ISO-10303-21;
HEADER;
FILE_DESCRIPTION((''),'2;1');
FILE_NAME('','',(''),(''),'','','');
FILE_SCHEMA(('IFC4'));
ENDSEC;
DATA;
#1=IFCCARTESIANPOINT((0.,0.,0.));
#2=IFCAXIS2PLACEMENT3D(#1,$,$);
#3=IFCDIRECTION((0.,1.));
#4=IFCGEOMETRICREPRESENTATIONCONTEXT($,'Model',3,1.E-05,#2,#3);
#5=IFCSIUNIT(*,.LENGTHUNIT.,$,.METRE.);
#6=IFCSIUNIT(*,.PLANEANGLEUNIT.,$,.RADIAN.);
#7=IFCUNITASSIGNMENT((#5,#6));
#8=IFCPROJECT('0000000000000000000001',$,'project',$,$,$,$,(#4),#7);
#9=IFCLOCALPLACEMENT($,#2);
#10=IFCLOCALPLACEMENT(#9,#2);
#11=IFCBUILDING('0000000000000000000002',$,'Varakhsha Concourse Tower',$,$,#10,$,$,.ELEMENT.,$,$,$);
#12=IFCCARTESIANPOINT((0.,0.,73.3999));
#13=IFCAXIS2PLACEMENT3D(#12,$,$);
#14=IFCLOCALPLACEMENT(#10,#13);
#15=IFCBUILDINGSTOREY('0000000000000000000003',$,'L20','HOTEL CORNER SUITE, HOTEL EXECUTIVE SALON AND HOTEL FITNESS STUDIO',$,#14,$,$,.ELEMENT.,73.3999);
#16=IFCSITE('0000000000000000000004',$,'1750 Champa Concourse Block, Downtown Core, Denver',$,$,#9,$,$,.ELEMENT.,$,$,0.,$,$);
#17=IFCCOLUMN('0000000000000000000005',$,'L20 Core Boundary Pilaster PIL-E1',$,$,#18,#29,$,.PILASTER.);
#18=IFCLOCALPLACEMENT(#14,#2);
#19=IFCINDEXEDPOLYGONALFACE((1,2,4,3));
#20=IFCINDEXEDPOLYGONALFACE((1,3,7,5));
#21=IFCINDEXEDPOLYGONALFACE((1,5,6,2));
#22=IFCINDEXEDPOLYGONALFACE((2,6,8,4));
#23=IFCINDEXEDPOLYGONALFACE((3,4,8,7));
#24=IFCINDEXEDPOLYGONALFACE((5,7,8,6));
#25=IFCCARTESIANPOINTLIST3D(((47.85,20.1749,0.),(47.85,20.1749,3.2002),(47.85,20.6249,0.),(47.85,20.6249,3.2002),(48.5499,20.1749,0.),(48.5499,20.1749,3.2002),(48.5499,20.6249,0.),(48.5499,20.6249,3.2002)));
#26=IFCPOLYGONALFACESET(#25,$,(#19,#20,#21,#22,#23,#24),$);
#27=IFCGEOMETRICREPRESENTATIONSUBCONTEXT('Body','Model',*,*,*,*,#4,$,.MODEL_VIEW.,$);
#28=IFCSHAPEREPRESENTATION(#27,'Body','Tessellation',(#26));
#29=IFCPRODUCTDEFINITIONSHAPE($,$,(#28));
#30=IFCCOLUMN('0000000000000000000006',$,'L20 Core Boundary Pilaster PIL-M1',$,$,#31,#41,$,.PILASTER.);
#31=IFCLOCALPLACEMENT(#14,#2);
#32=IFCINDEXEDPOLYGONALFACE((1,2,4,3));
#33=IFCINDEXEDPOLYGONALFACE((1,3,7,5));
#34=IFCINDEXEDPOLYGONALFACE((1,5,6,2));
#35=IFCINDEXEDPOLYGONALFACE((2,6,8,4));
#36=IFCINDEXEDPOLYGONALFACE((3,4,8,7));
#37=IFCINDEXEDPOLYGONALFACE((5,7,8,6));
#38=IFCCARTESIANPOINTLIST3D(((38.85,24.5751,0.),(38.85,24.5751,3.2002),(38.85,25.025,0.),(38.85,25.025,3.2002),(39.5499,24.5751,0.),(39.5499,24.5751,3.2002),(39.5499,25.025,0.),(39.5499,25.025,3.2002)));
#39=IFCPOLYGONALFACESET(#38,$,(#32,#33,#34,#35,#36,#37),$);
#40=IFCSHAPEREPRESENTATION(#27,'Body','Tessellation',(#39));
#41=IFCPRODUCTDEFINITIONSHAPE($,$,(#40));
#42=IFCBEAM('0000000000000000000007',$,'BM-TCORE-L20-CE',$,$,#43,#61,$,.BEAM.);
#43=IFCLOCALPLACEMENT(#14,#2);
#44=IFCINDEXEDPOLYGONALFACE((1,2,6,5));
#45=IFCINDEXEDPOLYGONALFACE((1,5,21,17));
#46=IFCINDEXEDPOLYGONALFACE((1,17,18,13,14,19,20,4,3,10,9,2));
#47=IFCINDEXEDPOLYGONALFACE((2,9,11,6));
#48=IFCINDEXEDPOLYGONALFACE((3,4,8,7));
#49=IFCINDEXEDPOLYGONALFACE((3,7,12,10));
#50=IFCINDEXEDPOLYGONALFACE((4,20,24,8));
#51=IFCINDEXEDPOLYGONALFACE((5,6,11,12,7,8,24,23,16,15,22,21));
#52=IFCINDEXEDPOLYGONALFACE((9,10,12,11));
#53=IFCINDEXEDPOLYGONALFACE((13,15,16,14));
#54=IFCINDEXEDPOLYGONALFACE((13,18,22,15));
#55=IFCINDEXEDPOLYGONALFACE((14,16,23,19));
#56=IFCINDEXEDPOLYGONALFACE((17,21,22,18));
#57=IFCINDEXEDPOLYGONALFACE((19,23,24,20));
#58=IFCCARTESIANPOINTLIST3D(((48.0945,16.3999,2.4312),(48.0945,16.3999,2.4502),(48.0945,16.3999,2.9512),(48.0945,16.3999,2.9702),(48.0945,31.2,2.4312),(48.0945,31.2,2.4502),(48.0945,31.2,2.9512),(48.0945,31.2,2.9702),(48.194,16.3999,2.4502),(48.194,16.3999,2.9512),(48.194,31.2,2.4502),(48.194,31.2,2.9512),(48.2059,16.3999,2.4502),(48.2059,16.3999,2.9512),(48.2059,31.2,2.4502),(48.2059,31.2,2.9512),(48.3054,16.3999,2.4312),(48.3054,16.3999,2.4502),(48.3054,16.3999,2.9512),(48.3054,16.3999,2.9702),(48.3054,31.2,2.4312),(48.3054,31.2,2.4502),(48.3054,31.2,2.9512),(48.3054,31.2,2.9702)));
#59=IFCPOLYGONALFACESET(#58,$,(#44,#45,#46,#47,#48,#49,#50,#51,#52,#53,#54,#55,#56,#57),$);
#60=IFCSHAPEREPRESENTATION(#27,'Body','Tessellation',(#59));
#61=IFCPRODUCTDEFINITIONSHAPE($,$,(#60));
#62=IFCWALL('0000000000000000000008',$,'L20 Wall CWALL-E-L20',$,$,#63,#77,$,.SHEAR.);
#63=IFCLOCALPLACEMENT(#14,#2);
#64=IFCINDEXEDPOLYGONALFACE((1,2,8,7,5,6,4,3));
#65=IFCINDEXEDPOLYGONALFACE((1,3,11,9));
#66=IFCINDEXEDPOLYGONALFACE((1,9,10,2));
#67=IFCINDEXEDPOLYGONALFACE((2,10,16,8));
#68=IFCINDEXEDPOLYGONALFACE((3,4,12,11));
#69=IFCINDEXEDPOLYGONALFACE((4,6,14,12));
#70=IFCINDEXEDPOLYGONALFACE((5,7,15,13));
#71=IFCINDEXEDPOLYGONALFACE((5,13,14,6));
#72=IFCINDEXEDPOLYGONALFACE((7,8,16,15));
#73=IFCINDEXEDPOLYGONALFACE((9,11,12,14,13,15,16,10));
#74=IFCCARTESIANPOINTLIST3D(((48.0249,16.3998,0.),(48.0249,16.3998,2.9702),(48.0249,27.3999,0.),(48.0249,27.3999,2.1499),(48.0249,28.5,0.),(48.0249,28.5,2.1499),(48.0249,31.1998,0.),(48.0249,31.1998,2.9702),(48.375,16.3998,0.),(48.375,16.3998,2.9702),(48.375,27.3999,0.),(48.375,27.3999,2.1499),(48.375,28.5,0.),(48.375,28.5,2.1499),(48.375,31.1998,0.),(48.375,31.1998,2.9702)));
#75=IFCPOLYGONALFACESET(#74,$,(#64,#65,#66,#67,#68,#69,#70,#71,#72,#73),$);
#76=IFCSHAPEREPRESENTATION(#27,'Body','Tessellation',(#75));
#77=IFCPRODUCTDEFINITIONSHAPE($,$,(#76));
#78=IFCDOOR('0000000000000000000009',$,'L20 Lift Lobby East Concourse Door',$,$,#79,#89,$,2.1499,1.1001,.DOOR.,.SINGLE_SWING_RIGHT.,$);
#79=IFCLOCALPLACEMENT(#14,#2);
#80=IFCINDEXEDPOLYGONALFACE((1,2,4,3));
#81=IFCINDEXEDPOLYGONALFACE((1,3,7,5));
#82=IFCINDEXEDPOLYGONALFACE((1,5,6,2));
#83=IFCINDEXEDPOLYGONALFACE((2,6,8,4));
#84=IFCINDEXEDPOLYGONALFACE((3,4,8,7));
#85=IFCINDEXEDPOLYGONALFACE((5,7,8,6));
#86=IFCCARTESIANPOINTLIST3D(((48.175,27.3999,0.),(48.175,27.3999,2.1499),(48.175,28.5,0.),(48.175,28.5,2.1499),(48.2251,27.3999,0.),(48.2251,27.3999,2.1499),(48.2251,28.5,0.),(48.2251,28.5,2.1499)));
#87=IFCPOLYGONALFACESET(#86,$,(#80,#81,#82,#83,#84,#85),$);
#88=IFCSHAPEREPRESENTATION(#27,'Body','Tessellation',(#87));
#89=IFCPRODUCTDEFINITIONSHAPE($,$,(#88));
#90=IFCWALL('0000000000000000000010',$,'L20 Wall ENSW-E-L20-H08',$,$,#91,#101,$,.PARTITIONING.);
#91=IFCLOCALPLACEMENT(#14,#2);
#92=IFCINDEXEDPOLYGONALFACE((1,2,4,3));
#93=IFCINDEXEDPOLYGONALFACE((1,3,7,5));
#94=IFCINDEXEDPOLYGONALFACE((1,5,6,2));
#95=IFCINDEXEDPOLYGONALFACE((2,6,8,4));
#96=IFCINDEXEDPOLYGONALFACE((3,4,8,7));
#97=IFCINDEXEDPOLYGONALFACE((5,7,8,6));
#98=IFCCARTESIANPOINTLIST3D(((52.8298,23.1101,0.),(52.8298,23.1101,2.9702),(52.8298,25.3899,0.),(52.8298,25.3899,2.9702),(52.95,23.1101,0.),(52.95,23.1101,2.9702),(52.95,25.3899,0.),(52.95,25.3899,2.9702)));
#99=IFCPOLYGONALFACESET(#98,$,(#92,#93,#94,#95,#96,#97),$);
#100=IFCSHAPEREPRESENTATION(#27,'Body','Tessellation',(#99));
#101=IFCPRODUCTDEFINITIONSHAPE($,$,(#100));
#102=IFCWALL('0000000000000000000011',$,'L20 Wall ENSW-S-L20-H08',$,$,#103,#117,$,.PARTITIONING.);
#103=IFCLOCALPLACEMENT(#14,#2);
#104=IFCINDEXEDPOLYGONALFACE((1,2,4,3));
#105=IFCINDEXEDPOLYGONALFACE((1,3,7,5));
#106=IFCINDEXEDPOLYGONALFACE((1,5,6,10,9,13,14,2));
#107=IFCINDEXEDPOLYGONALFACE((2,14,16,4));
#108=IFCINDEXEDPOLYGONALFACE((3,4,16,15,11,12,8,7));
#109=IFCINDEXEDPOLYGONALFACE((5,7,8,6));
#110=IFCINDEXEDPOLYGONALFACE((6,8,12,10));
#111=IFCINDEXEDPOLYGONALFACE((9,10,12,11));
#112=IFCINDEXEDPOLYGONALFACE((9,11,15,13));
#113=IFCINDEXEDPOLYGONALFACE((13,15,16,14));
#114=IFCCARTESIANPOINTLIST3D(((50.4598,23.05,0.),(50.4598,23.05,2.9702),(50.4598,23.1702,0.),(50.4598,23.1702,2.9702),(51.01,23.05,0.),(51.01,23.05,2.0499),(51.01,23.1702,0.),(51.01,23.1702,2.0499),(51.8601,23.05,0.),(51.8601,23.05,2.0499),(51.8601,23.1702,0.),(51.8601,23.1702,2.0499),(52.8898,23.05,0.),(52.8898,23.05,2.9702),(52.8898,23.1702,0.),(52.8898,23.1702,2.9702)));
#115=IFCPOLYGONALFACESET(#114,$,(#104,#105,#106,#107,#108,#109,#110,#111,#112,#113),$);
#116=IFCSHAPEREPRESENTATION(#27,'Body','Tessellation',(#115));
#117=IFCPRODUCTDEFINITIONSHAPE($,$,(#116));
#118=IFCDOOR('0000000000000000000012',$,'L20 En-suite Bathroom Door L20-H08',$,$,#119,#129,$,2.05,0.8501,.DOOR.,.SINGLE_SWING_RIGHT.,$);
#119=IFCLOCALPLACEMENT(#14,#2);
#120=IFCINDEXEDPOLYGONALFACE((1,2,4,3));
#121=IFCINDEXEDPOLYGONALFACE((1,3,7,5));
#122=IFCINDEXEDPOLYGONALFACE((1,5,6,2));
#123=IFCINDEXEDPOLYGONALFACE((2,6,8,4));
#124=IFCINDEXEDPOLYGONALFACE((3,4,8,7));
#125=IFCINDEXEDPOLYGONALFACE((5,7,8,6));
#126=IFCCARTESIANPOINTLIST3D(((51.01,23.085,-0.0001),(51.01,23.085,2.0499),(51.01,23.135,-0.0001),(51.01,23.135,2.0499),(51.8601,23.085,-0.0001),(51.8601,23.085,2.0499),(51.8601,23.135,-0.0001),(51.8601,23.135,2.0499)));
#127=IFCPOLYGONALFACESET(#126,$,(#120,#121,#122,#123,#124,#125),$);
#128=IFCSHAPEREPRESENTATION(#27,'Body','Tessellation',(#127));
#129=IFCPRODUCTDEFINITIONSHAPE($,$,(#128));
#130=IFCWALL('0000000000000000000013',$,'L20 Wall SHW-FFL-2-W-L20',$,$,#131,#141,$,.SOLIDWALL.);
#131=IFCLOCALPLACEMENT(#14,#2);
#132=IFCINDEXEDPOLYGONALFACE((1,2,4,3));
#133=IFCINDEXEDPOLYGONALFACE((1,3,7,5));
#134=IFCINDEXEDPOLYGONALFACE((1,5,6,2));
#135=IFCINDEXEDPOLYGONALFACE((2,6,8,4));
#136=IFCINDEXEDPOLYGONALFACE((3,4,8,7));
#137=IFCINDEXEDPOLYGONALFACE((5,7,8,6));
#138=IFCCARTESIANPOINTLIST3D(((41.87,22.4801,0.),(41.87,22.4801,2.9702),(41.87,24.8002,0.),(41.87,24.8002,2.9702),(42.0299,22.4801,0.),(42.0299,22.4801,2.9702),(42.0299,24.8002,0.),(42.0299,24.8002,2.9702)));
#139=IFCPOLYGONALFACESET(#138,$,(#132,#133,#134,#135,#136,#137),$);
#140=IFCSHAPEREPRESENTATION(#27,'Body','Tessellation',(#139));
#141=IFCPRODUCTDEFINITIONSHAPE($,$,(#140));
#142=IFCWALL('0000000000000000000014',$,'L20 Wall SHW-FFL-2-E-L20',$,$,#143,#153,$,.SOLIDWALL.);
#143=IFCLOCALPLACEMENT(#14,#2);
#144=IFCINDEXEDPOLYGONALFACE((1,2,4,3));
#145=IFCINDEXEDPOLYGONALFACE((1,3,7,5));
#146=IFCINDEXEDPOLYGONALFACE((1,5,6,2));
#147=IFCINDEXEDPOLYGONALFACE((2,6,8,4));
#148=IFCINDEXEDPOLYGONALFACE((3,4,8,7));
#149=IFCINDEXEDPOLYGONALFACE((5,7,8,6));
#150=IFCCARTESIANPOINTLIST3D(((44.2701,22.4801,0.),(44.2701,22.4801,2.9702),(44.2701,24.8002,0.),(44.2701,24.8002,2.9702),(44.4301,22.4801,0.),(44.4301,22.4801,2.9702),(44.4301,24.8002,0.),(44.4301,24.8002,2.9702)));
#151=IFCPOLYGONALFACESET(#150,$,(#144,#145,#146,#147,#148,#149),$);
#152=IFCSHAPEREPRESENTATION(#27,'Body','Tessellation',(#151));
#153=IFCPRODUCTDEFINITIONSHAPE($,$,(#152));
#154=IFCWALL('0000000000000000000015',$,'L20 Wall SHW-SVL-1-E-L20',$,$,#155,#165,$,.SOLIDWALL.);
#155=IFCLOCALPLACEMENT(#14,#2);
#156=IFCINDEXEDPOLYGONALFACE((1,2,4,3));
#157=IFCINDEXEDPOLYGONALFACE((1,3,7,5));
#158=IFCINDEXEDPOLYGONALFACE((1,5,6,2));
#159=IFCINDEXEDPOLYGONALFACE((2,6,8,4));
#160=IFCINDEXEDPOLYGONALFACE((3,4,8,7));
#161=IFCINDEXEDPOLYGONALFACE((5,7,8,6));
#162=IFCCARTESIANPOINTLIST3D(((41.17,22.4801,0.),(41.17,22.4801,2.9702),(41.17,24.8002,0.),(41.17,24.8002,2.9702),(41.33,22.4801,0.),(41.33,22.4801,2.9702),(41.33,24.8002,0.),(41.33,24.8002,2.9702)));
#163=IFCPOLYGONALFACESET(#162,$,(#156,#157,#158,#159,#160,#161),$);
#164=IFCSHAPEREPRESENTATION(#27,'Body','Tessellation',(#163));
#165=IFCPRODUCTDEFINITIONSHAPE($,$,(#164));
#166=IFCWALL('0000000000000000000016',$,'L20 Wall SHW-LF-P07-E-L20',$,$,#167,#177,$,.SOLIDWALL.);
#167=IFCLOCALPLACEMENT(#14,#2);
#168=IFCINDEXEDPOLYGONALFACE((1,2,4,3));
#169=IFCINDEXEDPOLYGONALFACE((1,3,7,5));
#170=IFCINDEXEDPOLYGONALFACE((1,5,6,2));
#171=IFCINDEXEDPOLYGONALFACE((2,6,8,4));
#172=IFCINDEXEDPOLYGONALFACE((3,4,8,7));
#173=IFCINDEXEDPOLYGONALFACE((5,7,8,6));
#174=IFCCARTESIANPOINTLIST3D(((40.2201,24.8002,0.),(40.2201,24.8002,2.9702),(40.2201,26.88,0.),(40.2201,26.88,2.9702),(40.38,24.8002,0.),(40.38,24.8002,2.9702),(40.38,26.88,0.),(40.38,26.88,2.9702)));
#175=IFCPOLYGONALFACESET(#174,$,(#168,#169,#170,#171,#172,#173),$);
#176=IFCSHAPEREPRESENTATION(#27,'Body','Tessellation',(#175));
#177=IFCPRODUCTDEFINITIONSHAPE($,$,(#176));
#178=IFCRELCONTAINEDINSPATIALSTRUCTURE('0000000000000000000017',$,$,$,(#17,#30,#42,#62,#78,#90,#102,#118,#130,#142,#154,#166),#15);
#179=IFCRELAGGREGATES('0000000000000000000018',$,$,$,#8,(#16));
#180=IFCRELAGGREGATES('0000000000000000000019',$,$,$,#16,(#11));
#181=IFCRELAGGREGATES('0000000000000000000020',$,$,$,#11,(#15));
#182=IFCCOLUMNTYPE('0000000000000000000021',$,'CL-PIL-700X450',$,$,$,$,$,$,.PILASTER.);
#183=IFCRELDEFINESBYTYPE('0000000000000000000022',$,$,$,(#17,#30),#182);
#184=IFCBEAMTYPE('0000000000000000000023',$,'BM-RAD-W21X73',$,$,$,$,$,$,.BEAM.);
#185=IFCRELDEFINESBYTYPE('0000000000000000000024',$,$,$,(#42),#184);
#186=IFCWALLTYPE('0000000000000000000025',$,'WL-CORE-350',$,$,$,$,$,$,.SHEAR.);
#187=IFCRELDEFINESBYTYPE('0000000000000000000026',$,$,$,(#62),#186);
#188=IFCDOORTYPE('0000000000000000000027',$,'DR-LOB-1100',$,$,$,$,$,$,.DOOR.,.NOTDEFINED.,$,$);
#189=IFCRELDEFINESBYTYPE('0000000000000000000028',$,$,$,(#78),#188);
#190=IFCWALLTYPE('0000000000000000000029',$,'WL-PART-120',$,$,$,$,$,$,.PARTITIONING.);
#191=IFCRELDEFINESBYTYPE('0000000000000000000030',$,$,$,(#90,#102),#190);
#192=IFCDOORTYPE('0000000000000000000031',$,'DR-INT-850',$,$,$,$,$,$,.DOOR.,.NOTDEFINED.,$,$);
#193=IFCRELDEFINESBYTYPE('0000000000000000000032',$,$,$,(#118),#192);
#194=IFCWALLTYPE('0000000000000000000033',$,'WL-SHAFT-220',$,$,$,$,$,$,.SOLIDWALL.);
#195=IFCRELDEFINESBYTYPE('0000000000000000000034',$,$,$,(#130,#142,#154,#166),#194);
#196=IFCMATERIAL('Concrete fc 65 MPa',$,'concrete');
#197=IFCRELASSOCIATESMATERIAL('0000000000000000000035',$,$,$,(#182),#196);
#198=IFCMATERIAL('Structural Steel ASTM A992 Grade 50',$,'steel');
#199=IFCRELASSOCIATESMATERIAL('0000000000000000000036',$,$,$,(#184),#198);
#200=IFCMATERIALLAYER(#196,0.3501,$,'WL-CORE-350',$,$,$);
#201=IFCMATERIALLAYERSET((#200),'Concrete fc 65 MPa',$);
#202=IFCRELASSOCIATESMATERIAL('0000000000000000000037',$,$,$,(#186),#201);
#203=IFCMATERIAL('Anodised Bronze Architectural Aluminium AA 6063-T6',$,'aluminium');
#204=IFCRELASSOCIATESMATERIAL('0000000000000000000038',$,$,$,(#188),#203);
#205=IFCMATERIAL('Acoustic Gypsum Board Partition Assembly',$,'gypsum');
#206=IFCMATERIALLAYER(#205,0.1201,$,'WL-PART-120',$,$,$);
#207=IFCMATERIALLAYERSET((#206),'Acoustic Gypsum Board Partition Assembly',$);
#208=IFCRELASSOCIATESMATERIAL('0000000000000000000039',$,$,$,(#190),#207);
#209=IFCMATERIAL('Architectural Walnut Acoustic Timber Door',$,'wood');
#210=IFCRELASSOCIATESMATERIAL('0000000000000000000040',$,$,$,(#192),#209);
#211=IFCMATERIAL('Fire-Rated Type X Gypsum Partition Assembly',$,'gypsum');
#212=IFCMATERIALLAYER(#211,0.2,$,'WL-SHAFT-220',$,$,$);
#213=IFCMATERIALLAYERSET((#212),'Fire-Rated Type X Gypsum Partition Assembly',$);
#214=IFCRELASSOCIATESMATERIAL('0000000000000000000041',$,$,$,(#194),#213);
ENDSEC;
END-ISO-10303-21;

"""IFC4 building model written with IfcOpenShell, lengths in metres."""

from ifc_helpers import new_model, si_unit, direction, frame, frame_2d, origin, origin_2d, place, context, subcontext, project, spatial, rectangle, i_section, extrude, material, layer, layer_set, material_profile, profile_set, type_object, element, fill, save


model = new_model("IFC4")

# Units and contexts
model_context = context("Model", 3, precision=1e-05, world=origin(), true_north=direction((0.0, 1.0)))
body_context = subcontext(model_context, "Body", "Model", "MODEL_VIEW")
ifc_project = project(units=[si_unit("LENGTHUNIT", "METRE"), si_unit("PLANEANGLEUNIT", "RADIAN")], contexts=[model_context])

# Site, building, storey
site_placement = place(None, origin())
site = spatial("IfcSite", under=ifc_project, at=site_placement, Name="1750 Champa Concourse Block, Downtown Core, Denver", CompositionType="ELEMENT", RefElevation=0.0)
building_placement = place(site_placement, origin())
building = spatial("IfcBuilding", under=site, at=building_placement, Name="Varakhsha Concourse Tower", CompositionType="ELEMENT")
storey_placement = place(building_placement, frame((0.0, 0.0, 73.3999)))
storey = spatial("IfcBuildingStorey", under=building, at=storey_placement, Name="L20", Description="HOTEL CORNER SUITE, HOTEL EXECUTIVE SALON AND HOTEL FITNESS STUDIO", CompositionType="ELEMENT", Elevation=73.3999)

# Columns
ifc_material_1 = material(Name="Concrete fc 65 MPa", Category="concrete")
ifc_material_profile_1 = material_profile(ifc_material_1, rectangle(XDim=0.7, YDim=0.45, at=origin_2d()), Name="RC 700x450")
ifc_profile_set_1 = profile_set([ifc_material_profile_1], Name="Concrete fc 65 MPa")
column_type = type_object("IfcColumnType", Name="CL-PIL-700X450", PredefinedType="PILASTER", material=ifc_profile_set_1)
for number, where, z_axis, x_axis, name in (
    (1, (48.2, 20.3999, 0.0), (0.0, 0.0, 1.0), (1.0, 0.0, 0.0), "L20 Core Boundary Pilaster PIL-E1"),
    (2, (39.2, 24.8, 0.0), (0.0, 0.0, 1.0), (1.0, 0.0, 0.0), "L20 Core Boundary Pilaster PIL-M1"),
):
    element("IfcColumn", number, at=place(storey_placement, frame(where, z_axis=z_axis, x_axis=x_axis)), inside=storey, type_object=column_type, Name=name, PredefinedType="PILASTER", context=body_context, shape_type="SweptSolid", body=[
        extrude(rectangle(XDim=0.7, YDim=0.45, at=origin_2d()), origin(), (0.0, 0.0, 1.0), 3.2002),
    ])

# Beam
ifc_material_2 = material(Name="Structural Steel ASTM A992 Grade 50", Category="steel")
ifc_material_profile_2 = material_profile(ifc_material_2, i_section(OverallWidth=0.2109, OverallDepth=0.5391, WebThickness=0.012, FlangeThickness=0.019, at=origin_2d()), Name="W21X73")
ifc_profile_set_2 = profile_set([ifc_material_profile_2], Name="Structural Steel ASTM A992 Grade 50")
beam_type = type_object("IfcBeamType", Name="BM-RAD-W21X73", PredefinedType="BEAM", material=ifc_profile_set_2)
beam_placement = place(storey_placement, frame((48.2, 16.3999, 2.7007), z_axis=(0.0, 1.0, 0.0), x_axis=(-1.0, 0.0, 0.0)))
element("IfcBeam", 3, at=beam_placement, inside=storey, type_object=beam_type, Name="BM-TCORE-L20-CE", PredefinedType="BEAM", context=body_context, shape_type="SweptSolid", body=[
    extrude(i_section(OverallWidth=0.2109, OverallDepth=0.5391, WebThickness=0.012, FlangeThickness=0.019, at=origin_2d()), origin(), (0.0, 0.0, 1.0), 14.8),
])

# Wall, opening, door
ifc_layer_1 = layer(ifc_material_1, 0.3501, Name="WL-CORE-350")
ifc_layer_set_1 = layer_set([ifc_layer_1], Name="Concrete fc 65 MPa")
wall_type_1 = type_object("IfcWallType", Name="WL-CORE-350", PredefinedType="SHEAR", material=ifc_layer_set_1)
wall_1_placement = place(storey_placement, frame((48.2, 16.3999, 0.0), z_axis=(0.0, 0.0, 1.0), x_axis=(0.0, 1.0, 0.0)))
wall_1 = element("IfcWall", 4, at=wall_1_placement, inside=storey, type_object=wall_type_1, Name="L20 Wall CWALL-E-L20", PredefinedType="SHEAR", context=body_context, shape_type="SweptSolid", body=[
    extrude(rectangle(XDim=14.8, YDim=0.3501, at=frame_2d((7.3999, 0.0))), origin(), (0.0, 0.0, 1.0), 2.9702),
])
opening_1_placement = place(wall_1_placement, frame((11.0, 0.0, 0.0)))
opening_1 = element("IfcOpeningElement", 5, at=opening_1_placement, cuts=wall_1, PredefinedType="OPENING", context=body_context, shape_type="SweptSolid", body=[
    extrude(rectangle(XDim=1.1001, YDim=2.1499, at=frame_2d((0.55, 1.075))), frame((0.0, 0.1851, 0.0), z_axis=(0.0, -1.0, 0.0), x_axis=(1.0, 0.0, 0.0)), (0.0, 0.0, 1.0), 0.3701),
])
ifc_material_3 = material(Name="Anodised Bronze Architectural Aluminium AA 6063-T6", Category="aluminium")
door_type_1 = type_object("IfcDoorType", Name="DR-LOB-1100", OperationType="NOTDEFINED", PredefinedType="DOOR", material=ifc_material_3)
door_1_placement = place(opening_1_placement, origin())
door_1 = element("IfcDoor", 6, at=door_1_placement, inside=storey, type_object=door_type_1, Name="L20 Lift Lobby East Concourse Door", OperationType="SINGLE_SWING_RIGHT", OverallHeight=2.1499, OverallWidth=1.1001, PredefinedType="DOOR", context=body_context, shape_type="SweptSolid", body=[
    extrude(rectangle(XDim=1.1001, YDim=2.1499, at=frame_2d((0.55, 1.075))), frame((0.0, 0.0249, 0.0), z_axis=(0.0, -1.0, 0.0), x_axis=(1.0, 0.0, 0.0)), (0.0, 0.0, 1.0), 0.05),
])
fill(opening_1, door_1)

# Wall
ifc_material_4 = material(Name="Acoustic Gypsum Board Partition Assembly", Category="gypsum")
ifc_layer_2 = layer(ifc_material_4, 0.1201, Name="WL-PART-120")
ifc_layer_set_2 = layer_set([ifc_layer_2], Name="Acoustic Gypsum Board Partition Assembly")
wall_type_2 = type_object("IfcWallType", Name="WL-PART-120", PredefinedType="PARTITIONING", material=ifc_layer_set_2)
wall_2_placement = place(storey_placement, frame((52.8899, 23.1101, 0.0), z_axis=(0.0, 0.0, 1.0), x_axis=(0.0, 1.0, 0.0)))
element("IfcWall", 7, at=wall_2_placement, inside=storey, type_object=wall_type_2, Name="L20 Wall ENSW-E-L20-H08", PredefinedType="PARTITIONING", context=body_context, shape_type="SweptSolid", body=[
    extrude(rectangle(XDim=2.2798, YDim=0.1201, at=frame_2d((1.1399, 0.0))), origin(), (0.0, 0.0, 1.0), 2.9702),
])

# Wall, opening, door
wall_3_placement = place(storey_placement, frame((50.46, 23.1101, 0.0), z_axis=(0.0, 0.0, 1.0), x_axis=(1.0, 0.0, 0.0)))
wall_3 = element("IfcWall", 8, at=wall_3_placement, inside=storey, type_object=wall_type_2, Name="L20 Wall ENSW-S-L20-H08", PredefinedType="PARTITIONING", context=body_context, shape_type="SweptSolid", body=[
    extrude(rectangle(XDim=2.4299, YDim=0.1201, at=frame_2d((1.2148, 0.0))), origin(), (0.0, 0.0, 1.0), 2.9702),
])
opening_2_placement = place(wall_3_placement, frame((0.55, 0.0, 0.0)))
opening_2 = element("IfcOpeningElement", 9, at=opening_2_placement, cuts=wall_3, PredefinedType="OPENING", context=body_context, shape_type="SweptSolid", body=[
    extrude(rectangle(XDim=0.8501, YDim=2.05, at=frame_2d((0.425, 1.0249))), frame((0.0, 0.0701, 0.0), z_axis=(0.0, -1.0, 0.0), x_axis=(1.0, 0.0, 0.0)), (0.0, 0.0, 1.0), 0.1401),
])
ifc_material_5 = material(Name="Architectural Walnut Acoustic Timber Door", Category="wood")
door_type_2 = type_object("IfcDoorType", Name="DR-INT-850", OperationType="NOTDEFINED", PredefinedType="DOOR", material=ifc_material_5)
door_2_placement = place(opening_2_placement, origin())
door_2 = element("IfcDoor", 10, at=door_2_placement, inside=storey, type_object=door_type_2, Name="L20 En-suite Bathroom Door L20-H08", OperationType="SINGLE_SWING_RIGHT", OverallHeight=2.05, OverallWidth=0.8501, PredefinedType="DOOR", context=body_context, shape_type="SweptSolid", body=[
    extrude(rectangle(XDim=0.8501, YDim=2.05, at=frame_2d((0.425, 1.0249))), frame((0.0, 0.0249, 0.0), z_axis=(0.0, -1.0, 0.0), x_axis=(1.0, 0.0, 0.0)), (0.0, 0.0, 1.0), 0.05),
])
fill(opening_2, door_2)

# Walls
ifc_material_6 = material(Name="Fire-Rated Type X Gypsum Partition Assembly", Category="gypsum")
ifc_layer_3 = layer(ifc_material_6, 0.2, Name="WL-SHAFT-220")
ifc_layer_set_3 = layer_set([ifc_layer_3], Name="Fire-Rated Type X Gypsum Partition Assembly")
wall_type_3 = type_object("IfcWallType", Name="WL-SHAFT-220", PredefinedType="SOLIDWALL", material=ifc_layer_set_3)
for number, where, z_axis, x_axis, name in (
    (11, (41.95, 22.48, 0.0), (0.0, 0.0, 1.0), (0.0, 1.0, 0.0), "L20 Wall SHW-FFL-2-W-L20"),
    (12, (44.3501, 22.48, 0.0), (0.0, 0.0, 1.0), (0.0, 1.0, 0.0), "L20 Wall SHW-FFL-2-E-L20"),
    (13, (41.25, 22.48, 0.0), (0.0, 0.0, 1.0), (0.0, 1.0, 0.0), "L20 Wall SHW-SVL-1-E-L20"),
):
    element("IfcWall", number, at=place(storey_placement, frame(where, z_axis=z_axis, x_axis=x_axis)), inside=storey, type_object=wall_type_3, Name=name, PredefinedType="SOLIDWALL", context=body_context, shape_type="SweptSolid", body=[
        extrude(rectangle(XDim=2.3201, YDim=0.1599, at=frame_2d((1.1602, 0.0))), origin(), (0.0, 0.0, 1.0), 2.9702),
    ])
wall_4_placement = place(storey_placement, frame((40.3, 24.8, 0.0), z_axis=(0.0, 0.0, 1.0), x_axis=(0.0, 1.0, 0.0)))
element("IfcWall", 14, at=wall_4_placement, inside=storey, type_object=wall_type_3, Name="L20 Wall SHW-LF-P07-E-L20", PredefinedType="SOLIDWALL", context=body_context, shape_type="SweptSolid", body=[
    extrude(rectangle(XDim=2.0798, YDim=0.1599, at=frame_2d((1.04, 0.0))), origin(), (0.0, 0.0, 1.0), 2.9702),
])

save(model, "model.ifc")
